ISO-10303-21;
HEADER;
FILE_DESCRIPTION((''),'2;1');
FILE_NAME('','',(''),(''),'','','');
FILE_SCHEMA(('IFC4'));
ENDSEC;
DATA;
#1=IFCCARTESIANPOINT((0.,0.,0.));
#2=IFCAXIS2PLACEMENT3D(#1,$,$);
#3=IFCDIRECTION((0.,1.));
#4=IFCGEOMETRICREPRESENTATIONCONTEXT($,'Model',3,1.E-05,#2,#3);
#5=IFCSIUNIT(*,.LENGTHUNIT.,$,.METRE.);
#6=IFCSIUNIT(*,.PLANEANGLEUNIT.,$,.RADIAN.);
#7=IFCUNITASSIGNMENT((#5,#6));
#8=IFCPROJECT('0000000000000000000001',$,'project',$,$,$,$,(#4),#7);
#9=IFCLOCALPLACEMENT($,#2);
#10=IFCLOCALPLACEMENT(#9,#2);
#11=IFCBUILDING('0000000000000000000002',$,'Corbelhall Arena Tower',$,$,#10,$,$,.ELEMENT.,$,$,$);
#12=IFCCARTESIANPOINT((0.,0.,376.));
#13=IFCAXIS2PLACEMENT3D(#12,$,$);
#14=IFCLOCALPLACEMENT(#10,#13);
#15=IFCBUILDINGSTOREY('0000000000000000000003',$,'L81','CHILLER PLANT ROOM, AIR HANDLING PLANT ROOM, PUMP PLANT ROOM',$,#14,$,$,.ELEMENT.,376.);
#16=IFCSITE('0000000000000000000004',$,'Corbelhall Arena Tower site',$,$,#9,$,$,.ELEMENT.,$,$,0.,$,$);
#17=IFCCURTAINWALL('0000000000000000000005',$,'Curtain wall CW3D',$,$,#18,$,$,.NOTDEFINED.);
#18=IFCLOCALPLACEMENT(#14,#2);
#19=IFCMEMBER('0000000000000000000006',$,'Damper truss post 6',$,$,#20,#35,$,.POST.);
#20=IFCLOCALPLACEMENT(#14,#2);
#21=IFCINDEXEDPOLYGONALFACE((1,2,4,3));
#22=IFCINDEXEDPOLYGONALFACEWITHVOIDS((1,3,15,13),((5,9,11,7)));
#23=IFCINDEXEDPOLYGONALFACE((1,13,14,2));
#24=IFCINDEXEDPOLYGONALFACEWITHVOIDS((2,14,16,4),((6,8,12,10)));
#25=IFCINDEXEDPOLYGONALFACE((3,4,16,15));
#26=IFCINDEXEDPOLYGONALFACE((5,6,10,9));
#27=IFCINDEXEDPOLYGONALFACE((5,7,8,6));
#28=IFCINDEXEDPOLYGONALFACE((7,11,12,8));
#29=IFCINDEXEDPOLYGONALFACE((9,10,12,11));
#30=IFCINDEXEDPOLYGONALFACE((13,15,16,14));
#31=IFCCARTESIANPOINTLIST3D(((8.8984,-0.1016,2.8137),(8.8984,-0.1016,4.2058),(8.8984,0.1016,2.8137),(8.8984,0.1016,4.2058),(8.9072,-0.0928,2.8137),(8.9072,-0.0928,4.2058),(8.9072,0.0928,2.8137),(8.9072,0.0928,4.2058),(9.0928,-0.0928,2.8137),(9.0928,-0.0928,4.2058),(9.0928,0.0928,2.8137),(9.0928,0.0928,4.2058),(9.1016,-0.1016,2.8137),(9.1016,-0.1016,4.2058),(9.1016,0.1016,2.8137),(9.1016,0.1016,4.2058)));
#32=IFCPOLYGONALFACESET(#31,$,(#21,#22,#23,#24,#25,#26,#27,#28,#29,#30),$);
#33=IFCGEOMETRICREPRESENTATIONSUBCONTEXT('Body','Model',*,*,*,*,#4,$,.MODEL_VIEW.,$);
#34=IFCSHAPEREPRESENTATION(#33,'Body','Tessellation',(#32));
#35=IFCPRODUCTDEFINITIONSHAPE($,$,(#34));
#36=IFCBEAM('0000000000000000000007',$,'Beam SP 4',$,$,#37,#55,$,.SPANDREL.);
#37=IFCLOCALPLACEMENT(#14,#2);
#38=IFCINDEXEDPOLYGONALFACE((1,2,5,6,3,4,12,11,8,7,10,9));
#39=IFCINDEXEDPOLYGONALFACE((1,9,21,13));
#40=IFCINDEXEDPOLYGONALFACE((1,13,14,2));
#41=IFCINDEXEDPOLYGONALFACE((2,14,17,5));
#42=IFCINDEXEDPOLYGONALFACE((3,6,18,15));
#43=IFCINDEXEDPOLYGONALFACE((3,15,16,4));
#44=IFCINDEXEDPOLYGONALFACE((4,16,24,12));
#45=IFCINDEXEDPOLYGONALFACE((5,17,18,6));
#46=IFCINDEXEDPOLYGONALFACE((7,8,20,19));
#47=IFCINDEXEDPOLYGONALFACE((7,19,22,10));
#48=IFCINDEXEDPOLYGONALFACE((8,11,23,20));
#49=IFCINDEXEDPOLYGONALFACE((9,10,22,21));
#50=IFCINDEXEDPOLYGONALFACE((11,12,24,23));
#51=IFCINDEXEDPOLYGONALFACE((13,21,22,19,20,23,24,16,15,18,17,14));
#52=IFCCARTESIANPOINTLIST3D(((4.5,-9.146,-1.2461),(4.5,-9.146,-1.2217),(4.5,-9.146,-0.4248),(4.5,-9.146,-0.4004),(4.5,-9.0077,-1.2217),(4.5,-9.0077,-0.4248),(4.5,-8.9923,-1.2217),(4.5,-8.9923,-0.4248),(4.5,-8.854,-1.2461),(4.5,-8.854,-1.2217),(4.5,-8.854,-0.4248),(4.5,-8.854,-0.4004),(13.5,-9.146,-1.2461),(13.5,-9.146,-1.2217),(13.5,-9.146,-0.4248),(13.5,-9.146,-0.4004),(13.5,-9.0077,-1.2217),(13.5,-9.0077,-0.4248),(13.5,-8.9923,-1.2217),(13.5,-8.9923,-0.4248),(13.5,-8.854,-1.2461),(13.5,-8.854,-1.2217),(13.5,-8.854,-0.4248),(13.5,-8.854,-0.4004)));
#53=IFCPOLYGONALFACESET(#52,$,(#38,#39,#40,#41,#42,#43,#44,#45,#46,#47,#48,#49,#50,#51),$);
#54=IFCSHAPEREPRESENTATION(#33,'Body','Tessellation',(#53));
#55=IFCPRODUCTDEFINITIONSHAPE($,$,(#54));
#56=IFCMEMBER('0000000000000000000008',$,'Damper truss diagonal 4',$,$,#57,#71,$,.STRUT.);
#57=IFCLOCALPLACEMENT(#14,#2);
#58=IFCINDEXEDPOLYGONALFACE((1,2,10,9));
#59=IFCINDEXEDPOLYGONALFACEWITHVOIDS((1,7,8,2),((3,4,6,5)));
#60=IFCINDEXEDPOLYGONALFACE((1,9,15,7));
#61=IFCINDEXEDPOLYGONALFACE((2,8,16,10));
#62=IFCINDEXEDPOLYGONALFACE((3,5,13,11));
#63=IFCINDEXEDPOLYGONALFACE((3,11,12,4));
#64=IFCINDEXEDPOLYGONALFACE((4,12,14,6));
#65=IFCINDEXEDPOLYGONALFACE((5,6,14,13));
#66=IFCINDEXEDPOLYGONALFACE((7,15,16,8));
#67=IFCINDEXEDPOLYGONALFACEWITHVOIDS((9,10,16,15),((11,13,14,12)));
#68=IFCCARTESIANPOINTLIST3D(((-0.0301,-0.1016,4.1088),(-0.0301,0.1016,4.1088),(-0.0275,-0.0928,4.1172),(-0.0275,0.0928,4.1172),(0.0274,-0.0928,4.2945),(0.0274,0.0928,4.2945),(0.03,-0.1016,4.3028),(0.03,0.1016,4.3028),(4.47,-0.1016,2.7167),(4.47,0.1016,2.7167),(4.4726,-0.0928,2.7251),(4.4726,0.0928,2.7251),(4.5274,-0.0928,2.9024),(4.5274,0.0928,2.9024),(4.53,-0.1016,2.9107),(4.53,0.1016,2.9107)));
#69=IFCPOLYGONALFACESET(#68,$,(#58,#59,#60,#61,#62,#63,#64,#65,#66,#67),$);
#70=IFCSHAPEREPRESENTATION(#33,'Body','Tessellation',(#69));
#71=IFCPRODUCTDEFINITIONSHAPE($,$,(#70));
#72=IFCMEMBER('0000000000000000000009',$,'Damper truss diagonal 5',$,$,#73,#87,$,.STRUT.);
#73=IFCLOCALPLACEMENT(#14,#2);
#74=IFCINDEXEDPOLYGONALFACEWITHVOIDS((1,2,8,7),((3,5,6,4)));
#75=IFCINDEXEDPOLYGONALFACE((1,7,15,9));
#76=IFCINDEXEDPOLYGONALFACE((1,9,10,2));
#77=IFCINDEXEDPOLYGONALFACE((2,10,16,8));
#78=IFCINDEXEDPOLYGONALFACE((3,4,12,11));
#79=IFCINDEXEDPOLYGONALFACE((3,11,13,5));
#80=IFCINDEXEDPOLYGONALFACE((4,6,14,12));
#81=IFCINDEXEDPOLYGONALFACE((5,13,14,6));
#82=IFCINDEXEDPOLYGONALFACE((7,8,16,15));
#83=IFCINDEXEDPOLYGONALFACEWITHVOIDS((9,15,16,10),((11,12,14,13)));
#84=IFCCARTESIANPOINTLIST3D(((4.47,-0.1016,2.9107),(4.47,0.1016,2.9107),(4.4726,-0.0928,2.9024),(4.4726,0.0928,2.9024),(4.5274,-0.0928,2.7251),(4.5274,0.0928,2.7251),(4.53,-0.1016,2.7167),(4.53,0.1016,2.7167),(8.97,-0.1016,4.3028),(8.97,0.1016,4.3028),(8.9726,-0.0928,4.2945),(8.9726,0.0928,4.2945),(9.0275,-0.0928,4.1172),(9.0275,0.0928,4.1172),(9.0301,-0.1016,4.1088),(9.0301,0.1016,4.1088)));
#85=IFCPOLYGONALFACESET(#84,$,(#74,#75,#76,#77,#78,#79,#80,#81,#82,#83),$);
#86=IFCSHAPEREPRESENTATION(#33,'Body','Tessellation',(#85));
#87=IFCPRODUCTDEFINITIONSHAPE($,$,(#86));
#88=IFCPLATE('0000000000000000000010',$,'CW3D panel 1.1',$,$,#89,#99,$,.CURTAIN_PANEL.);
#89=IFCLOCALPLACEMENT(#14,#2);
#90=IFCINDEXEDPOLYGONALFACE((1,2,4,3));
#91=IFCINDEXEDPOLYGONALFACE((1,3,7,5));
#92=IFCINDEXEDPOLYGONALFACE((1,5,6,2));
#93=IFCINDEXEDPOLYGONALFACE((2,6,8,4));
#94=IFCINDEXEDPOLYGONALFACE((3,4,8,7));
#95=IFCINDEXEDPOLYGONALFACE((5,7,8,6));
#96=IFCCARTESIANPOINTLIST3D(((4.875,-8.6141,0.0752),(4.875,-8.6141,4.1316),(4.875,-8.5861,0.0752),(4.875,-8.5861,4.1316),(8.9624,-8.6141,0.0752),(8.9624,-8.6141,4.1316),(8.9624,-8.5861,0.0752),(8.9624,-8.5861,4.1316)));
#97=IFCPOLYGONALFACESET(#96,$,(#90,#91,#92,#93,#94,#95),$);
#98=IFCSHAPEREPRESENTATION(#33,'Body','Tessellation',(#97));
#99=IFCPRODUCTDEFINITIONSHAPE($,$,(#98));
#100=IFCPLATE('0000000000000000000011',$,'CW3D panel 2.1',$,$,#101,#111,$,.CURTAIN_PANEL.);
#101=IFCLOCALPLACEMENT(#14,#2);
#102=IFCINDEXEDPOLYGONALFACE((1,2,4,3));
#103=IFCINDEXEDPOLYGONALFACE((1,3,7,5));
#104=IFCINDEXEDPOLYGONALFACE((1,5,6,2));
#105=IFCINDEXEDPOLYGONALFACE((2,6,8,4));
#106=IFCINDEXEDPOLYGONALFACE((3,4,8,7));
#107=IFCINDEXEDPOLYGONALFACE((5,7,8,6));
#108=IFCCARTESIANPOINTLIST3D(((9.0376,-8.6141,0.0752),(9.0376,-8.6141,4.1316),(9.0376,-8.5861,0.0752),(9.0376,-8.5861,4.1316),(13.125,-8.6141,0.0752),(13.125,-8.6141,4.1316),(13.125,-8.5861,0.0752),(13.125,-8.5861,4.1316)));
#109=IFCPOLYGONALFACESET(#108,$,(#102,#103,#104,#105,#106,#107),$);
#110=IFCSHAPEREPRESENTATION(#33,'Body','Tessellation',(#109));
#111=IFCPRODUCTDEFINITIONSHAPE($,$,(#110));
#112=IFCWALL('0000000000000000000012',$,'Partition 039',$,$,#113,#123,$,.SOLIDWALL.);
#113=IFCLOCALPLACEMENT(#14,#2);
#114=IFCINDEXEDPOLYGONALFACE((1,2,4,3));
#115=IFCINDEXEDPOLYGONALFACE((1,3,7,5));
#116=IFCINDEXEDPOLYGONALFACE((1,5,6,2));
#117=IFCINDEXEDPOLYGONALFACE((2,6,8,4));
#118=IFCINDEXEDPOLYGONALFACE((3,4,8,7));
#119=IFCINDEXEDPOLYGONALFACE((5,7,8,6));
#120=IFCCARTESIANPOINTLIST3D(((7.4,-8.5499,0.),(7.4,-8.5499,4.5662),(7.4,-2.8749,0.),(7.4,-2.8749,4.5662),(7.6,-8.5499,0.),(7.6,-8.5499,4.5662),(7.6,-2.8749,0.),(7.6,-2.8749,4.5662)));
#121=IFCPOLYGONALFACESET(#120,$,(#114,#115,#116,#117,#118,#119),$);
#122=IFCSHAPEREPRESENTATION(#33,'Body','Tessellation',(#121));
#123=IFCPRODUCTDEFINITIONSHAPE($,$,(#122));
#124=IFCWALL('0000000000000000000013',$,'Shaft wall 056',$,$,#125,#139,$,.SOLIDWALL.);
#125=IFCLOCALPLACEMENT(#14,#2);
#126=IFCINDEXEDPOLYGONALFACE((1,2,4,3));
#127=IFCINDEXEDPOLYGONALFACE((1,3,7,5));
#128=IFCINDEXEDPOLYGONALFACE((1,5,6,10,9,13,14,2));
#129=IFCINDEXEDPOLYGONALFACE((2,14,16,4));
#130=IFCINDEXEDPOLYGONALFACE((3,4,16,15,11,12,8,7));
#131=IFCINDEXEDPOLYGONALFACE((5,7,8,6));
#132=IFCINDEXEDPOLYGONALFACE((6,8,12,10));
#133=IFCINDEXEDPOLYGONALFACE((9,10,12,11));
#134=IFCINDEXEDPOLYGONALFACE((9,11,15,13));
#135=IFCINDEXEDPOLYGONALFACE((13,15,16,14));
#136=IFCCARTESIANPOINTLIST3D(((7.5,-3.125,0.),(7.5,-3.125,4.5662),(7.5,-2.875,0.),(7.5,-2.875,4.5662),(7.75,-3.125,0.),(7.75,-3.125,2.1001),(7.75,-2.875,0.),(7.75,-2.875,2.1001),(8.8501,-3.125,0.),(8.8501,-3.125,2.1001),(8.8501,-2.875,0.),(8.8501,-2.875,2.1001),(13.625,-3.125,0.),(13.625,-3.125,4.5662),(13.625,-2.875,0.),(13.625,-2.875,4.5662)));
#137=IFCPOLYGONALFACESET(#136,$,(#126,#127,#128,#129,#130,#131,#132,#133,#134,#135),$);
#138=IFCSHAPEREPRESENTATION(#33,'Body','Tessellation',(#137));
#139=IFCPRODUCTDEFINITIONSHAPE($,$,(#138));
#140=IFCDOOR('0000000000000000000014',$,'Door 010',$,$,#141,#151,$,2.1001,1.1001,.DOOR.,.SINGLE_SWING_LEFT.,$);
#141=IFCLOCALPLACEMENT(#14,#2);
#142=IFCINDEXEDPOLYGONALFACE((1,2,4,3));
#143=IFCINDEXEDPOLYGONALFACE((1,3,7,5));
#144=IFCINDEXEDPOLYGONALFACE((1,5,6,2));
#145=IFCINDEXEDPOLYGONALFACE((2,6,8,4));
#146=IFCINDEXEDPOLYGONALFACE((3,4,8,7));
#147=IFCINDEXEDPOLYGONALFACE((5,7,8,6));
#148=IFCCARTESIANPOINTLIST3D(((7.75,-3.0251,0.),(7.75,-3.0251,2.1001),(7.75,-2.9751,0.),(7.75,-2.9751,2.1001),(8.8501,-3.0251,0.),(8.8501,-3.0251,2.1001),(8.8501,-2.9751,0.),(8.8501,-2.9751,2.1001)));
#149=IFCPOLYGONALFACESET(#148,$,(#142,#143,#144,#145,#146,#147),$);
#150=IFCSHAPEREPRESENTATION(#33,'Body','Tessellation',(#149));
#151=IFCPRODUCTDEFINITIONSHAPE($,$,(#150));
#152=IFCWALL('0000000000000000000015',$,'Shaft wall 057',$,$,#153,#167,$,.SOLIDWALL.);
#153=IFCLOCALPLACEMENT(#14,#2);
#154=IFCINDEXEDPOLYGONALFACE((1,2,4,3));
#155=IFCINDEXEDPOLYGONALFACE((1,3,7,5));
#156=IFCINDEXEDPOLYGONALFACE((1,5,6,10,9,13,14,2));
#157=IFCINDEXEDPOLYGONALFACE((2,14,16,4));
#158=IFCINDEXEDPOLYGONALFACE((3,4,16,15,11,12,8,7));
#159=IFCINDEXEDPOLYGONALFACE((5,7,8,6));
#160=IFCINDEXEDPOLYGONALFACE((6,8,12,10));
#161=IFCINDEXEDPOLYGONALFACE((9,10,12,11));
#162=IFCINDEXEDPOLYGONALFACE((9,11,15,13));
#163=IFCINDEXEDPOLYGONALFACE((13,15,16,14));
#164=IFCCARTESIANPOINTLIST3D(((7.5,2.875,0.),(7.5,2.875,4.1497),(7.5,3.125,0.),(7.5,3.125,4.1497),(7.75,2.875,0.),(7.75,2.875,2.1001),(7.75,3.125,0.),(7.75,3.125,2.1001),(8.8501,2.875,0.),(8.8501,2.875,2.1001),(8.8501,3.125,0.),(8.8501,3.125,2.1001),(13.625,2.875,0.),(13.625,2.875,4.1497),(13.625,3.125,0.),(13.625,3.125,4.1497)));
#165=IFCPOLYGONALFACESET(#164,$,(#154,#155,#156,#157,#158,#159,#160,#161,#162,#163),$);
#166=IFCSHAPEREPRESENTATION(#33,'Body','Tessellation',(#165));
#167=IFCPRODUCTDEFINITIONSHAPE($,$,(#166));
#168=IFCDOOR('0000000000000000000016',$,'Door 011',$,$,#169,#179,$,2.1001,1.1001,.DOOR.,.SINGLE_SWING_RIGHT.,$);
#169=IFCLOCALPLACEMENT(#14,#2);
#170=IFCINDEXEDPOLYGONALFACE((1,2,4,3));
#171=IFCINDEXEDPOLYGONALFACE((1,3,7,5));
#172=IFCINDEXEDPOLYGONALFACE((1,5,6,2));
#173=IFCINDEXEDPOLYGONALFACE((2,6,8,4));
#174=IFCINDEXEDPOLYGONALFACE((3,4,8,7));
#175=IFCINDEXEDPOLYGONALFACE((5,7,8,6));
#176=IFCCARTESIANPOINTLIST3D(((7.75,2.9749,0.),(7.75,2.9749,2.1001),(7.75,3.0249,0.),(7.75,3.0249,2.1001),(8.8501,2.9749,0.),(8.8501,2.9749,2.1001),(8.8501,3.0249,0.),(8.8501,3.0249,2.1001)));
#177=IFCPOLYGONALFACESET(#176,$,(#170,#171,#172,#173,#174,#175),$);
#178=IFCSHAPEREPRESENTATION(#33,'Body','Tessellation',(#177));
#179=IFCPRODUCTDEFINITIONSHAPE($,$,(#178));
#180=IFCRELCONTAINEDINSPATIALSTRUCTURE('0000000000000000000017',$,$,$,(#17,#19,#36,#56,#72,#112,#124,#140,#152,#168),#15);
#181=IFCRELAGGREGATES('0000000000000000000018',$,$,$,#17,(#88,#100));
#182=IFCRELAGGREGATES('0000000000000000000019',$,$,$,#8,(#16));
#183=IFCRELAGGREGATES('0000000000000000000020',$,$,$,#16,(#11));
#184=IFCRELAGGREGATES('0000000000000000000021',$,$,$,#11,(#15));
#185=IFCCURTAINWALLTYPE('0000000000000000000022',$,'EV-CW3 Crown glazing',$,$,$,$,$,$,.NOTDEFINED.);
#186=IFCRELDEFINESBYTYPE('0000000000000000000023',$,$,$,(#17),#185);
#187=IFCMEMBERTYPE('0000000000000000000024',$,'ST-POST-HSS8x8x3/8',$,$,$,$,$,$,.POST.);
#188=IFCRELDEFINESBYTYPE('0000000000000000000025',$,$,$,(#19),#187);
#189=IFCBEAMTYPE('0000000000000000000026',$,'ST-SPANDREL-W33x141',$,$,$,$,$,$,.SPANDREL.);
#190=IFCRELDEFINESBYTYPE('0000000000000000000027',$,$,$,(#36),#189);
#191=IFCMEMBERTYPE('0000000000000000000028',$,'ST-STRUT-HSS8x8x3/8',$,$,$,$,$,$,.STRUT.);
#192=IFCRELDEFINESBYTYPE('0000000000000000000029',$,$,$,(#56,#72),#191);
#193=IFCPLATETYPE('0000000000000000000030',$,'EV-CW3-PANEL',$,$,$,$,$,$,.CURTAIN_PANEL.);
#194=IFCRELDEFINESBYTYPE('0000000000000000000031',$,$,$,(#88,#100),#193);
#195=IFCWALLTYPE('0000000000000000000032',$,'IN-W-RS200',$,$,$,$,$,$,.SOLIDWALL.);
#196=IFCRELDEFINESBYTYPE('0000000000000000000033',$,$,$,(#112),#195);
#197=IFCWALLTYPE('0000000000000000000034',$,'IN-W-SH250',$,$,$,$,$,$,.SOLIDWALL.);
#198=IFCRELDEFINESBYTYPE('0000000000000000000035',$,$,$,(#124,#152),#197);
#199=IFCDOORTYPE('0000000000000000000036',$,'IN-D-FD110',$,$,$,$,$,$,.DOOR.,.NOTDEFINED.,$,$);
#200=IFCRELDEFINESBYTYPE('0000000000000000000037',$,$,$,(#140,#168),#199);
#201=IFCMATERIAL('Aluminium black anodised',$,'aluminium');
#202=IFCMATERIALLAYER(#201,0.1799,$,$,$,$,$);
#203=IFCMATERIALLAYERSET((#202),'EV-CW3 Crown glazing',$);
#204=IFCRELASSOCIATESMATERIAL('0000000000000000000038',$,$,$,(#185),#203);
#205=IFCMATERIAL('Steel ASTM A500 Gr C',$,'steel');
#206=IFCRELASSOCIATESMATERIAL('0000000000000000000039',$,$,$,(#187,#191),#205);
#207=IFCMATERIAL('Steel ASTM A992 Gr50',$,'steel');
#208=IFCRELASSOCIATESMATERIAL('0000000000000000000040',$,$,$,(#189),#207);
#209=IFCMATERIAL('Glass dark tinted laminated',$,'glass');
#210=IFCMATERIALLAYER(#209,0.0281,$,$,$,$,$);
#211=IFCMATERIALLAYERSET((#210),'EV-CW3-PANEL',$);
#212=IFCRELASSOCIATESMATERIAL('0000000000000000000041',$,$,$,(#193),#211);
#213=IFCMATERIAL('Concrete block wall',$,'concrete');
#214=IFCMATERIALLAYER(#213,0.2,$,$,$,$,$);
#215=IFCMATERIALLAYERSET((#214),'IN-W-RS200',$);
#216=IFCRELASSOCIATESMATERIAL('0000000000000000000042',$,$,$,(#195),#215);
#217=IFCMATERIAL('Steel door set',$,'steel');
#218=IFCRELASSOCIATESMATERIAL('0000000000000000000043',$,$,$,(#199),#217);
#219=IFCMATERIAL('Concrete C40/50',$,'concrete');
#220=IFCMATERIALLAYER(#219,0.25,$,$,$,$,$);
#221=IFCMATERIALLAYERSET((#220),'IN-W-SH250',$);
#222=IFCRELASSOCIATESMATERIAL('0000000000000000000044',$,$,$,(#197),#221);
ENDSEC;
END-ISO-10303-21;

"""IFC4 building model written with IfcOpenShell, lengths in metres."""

from ifc_helpers import new_model, si_unit, direction, frame, frame_2d, origin, origin_2d, place, context, subcontext, project, spatial, rectangle, hollow_rectangle, i_section, extrude, material, layer, layer_set, material_profile, profile_set, type_object, element, fill, aggregate, save


model = new_model("IFC4")

# Units and contexts
model_context = context("Model", 3, precision=1e-05, world=origin(), true_north=direction((0.0, 1.0)))
body_context = subcontext(model_context, "Body", "Model", "MODEL_VIEW")
ifc_project = project(units=[si_unit("LENGTHUNIT", "METRE"), si_unit("PLANEANGLEUNIT", "RADIAN")], contexts=[model_context])

# Site, building, storey
site_placement = place(None, origin())
site = spatial("IfcSite", under=ifc_project, at=site_placement, Name="Corbelhall Arena Tower site", CompositionType="ELEMENT", RefElevation=0.0)
building_placement = place(site_placement, origin())
building = spatial("IfcBuilding", under=site, at=building_placement, Name="Corbelhall Arena Tower", CompositionType="ELEMENT")
storey_placement = place(building_placement, frame((0.0, 0.0, 376.0)))
storey = spatial("IfcBuildingStorey", under=building, at=storey_placement, Name="L81", Description="CHILLER PLANT ROOM, AIR HANDLING PLANT ROOM, PUMP PLANT ROOM", CompositionType="ELEMENT", Elevation=376.0)

# Curtain wall
ifc_material_1 = material(Name="Aluminium black anodised", Category="aluminium")
ifc_layer_1 = layer(ifc_material_1, 0.1799)
ifc_layer_set_1 = layer_set([ifc_layer_1], Name="EV-CW3 Crown glazing")
curtain_wall_type = type_object("IfcCurtainWallType", Name="EV-CW3 Crown glazing", PredefinedType="NOTDEFINED", material=ifc_layer_set_1)
curtain_wall_placement = place(storey_placement, origin())
curtain_wall = element("IfcCurtainWall", 1, at=curtain_wall_placement, inside=storey, type_object=curtain_wall_type, Name="Curtain wall CW3D", PredefinedType="NOTDEFINED")

# Shared definitions
ifc_material_2 = material(Name="Steel ASTM A992 Gr50", Category="steel")

# Member
ifc_material_3 = material(Name="Steel ASTM A500 Gr C", Category="steel")
ifc_material_profile_1 = material_profile(ifc_material_3, hollow_rectangle(XDim=0.2031, YDim=0.2031, WallThickness=0.0088, at=origin_2d()))
ifc_profile_set_1 = profile_set([ifc_material_profile_1], Name="Steel ASTM A500 Gr C")
member_type_1 = type_object("IfcMemberType", Name="ST-POST-HSS8x8x3/8", PredefinedType="POST", material=ifc_profile_set_1)
member_1_placement = place(storey_placement, frame((9.0, 0.0, 2.8137), z_axis=(0.0, 0.0, 1.0), x_axis=(1.0, 0.0, 0.0)))
element("IfcMember", 2, at=member_1_placement, inside=storey, type_object=member_type_1, Name="Damper truss post 6", PredefinedType="POST", context=body_context, shape_type="SweptSolid", body=[
    extrude(hollow_rectangle(XDim=0.2031, YDim=0.2031, WallThickness=0.0088, at=origin_2d()), origin(), (0.0, 0.0, 1.0), 1.3921),
])

# Beam
ifc_material_profile_2 = material_profile(ifc_material_2, i_section(OverallWidth=0.292, OverallDepth=0.8457, WebThickness=0.0154, FlangeThickness=0.0244, at=origin_2d()))
ifc_profile_set_2 = profile_set([ifc_material_profile_2], Name="Steel ASTM A992 Gr50")
beam_type_1 = type_object("IfcBeamType", Name="ST-SPANDREL-W33x141", PredefinedType="SPANDREL", material=ifc_profile_set_2)
beam_1_placement = place(storey_placement, frame((13.5, -9.0, -0.8232), z_axis=(-1.0, 0.0, 0.0), x_axis=(0.0, -1.0, 0.0)))
element("IfcBeam", 3, at=beam_1_placement, inside=storey, type_object=beam_type_1, Name="Beam SP 4", PredefinedType="SPANDREL", context=body_context, shape_type="SweptSolid", body=[
    extrude(i_section(OverallWidth=0.292, OverallDepth=0.8457, WebThickness=0.0154, FlangeThickness=0.0244, at=origin_2d()), origin(), (0.0, 0.0, 1.0), 9.0),
])

# Members
ifc_material_profile_3 = material_profile(ifc_material_3, hollow_rectangle(XDim=0.2031, YDim=0.2031, WallThickness=0.0088, at=origin_2d()))
ifc_profile_set_3 = profile_set([ifc_material_profile_3], Name="Steel ASTM A500 Gr C")
member_type_2 = type_object("IfcMemberType", Name="ST-STRUT-HSS8x8x3/8", PredefinedType="STRUT", material=ifc_profile_set_3)
for number, where, z_axis, x_axis, name in (
    (4, (4.5, 0.0, 2.8137), (-0.955332, 0.0, 0.295535), (0.0, -1.0, 0.0), "Damper truss diagonal 4"),
    (5, (4.5, 0.0, 2.8137), (0.955332, 0.0, 0.295535), (0.0, 1.0, 0.0), "Damper truss diagonal 5"),
):
    element("IfcMember", number, at=place(storey_placement, frame(where, z_axis=z_axis, x_axis=x_axis)), inside=storey, type_object=member_type_2, Name=name, PredefinedType="STRUT", context=body_context, shape_type="SweptSolid", body=[
        extrude(hollow_rectangle(XDim=0.2031, YDim=0.2031, WallThickness=0.0088, at=origin_2d()), origin(), (0.0, 0.0, 1.0), 4.7104),
    ])

# Plates
ifc_material_4 = material(Name="Glass dark tinted laminated", Category="glass")
ifc_layer_2 = layer(ifc_material_4, 0.0281)
ifc_layer_set_2 = layer_set([ifc_layer_2], Name="EV-CW3-PANEL")
plate_type = type_object("IfcPlateType", Name="EV-CW3-PANEL", PredefinedType="CURTAIN_PANEL", material=ifc_layer_set_2)
plate_1_placement = place(storey_placement, frame((6.9187, -8.6001, 0.0752), z_axis=(0.0, 0.0, 1.0), x_axis=(1.0, 0.0, 0.0)))
plate_1 = element("IfcPlate", 6, at=plate_1_placement, type_object=plate_type, Name="CW3D panel 1.1", PredefinedType="CURTAIN_PANEL", context=body_context, shape_type="SweptSolid", body=[
    extrude(rectangle(XDim=4.0874, YDim=0.0281, at=origin_2d()), origin(), (0.0, 0.0, 1.0), 4.0564),
])
plate_2_placement = place(storey_placement, frame((11.0813, -8.6001, 0.0752), z_axis=(0.0, 0.0, 1.0), x_axis=(1.0, 0.0, 0.0)))
plate_2 = element("IfcPlate", 7, at=plate_2_placement, type_object=plate_type, Name="CW3D panel 2.1", PredefinedType="CURTAIN_PANEL", context=body_context, shape_type="SweptSolid", body=[
    extrude(rectangle(XDim=4.0874, YDim=0.0281, at=origin_2d()), origin(), (0.0, 0.0, 1.0), 4.0564),
])
aggregate(curtain_wall, [plate_1, plate_2])

# Wall
ifc_material_5 = material(Name="Concrete block wall", Category="concrete")
ifc_layer_3 = layer(ifc_material_5, 0.2)
ifc_layer_set_3 = layer_set([ifc_layer_3], Name="IN-W-RS200")
wall_type_1 = type_object("IfcWallType", Name="IN-W-RS200", PredefinedType="SOLIDWALL", material=ifc_layer_set_3)
wall_1_placement = place(storey_placement, frame((7.5, -2.875, 0.0), z_axis=(0.0, 0.0, 1.0), x_axis=(0.0, -1.0, 0.0)))
element("IfcWall", 8, at=wall_1_placement, inside=storey, type_object=wall_type_1, Name="Partition 039", PredefinedType="SOLIDWALL", context=body_context, shape_type="SweptSolid", body=[
    extrude(rectangle(XDim=5.675, YDim=0.2, at=frame_2d((2.8374, 0.0))), origin(), (0.0, 0.0, 1.0), 4.5662),
])

# Walls, openings, doors
ifc_material_6 = material(Name="Steel door set", Category="steel")
door_type_1 = type_object("IfcDoorType", Name="IN-D-FD110", OperationType="NOTDEFINED", PredefinedType="DOOR", material=ifc_material_6)
ifc_material_7 = material(Name="Concrete C40/50", Category="concrete")
ifc_layer_4 = layer(ifc_material_7, 0.25)
ifc_layer_set_4 = layer_set([ifc_layer_4], Name="IN-W-SH250")
wall_type_2 = type_object("IfcWallType", Name="IN-W-SH250", PredefinedType="SOLIDWALL", material=ifc_layer_set_4)
wall_2_placement = place(storey_placement, frame((7.5, -3.0, 0.0), z_axis=(0.0, 0.0, 1.0), x_axis=(1.0, 0.0, 0.0)))
wall_2 = element("IfcWall", 9, at=wall_2_placement, inside=storey, type_object=wall_type_2, Name="Shaft wall 056", PredefinedType="SOLIDWALL", context=body_context, shape_type="SweptSolid", body=[
    extrude(rectangle(XDim=6.125, YDim=0.25, at=frame_2d((3.0625, 0.0))), origin(), (0.0, 0.0, 1.0), 4.5662),
])
opening_1_placement = place(wall_2_placement, frame((0.25, 0.0, 0.0)))
opening_1 = element("IfcOpeningElement", 10, at=opening_1_placement, cuts=wall_2, PredefinedType="OPENING", context=body_context, shape_type="SweptSolid", body=[
    extrude(rectangle(XDim=1.1001, YDim=2.1001, at=frame_2d((0.55, 1.05))), frame((0.0, 0.125, 0.0), z_axis=(0.0, -1.0, 0.0), x_axis=(1.0, 0.0, 0.0)), (0.0, 0.0, 1.0), 0.25),
])
door_1_placement = place(opening_1_placement, origin())
door_1 = element("IfcDoor", 11, at=door_1_placement, inside=storey, type_object=door_type_1, Name="Door 010", OperationType="SINGLE_SWING_LEFT", OverallHeight=2.1001, OverallWidth=1.1001, PredefinedType="DOOR", context=body_context, shape_type="SweptSolid", body=[
    extrude(rectangle(XDim=1.1001, YDim=2.1001, at=frame_2d((0.55, 1.05))), frame((0.0, 0.0249, 0.0), z_axis=(0.0, -1.0, 0.0), x_axis=(1.0, 0.0, 0.0)), (0.0, 0.0, 1.0), 0.05),
])
fill(opening_1, door_1)
wall_3_placement = place(storey_placement, frame((7.5, 3.0, 0.0), z_axis=(0.0, 0.0, 1.0), x_axis=(1.0, 0.0, 0.0)))
wall_3 = element("IfcWall", 12, at=wall_3_placement, inside=storey, type_object=wall_type_2, Name="Shaft wall 057", PredefinedType="SOLIDWALL", context=body_context, shape_type="SweptSolid", body=[
    extrude(rectangle(XDim=6.125, YDim=0.25, at=frame_2d((3.0625, 0.0))), origin(), (0.0, 0.0, 1.0), 4.1497),
])
opening_2_placement = place(wall_3_placement, frame((0.25, 0.0, 0.0)))
opening_2 = element("IfcOpeningElement", 13, at=opening_2_placement, cuts=wall_3, PredefinedType="OPENING", context=body_context, shape_type="SweptSolid", body=[
    extrude(rectangle(XDim=1.1001, YDim=2.1001, at=frame_2d((0.55, 1.05))), frame((0.0, 0.125, 0.0), z_axis=(0.0, -1.0, 0.0), x_axis=(1.0, 0.0, 0.0)), (0.0, 0.0, 1.0), 0.25),
])
door_2_placement = place(opening_2_placement, origin())
door_2 = element("IfcDoor", 14, at=door_2_placement, inside=storey, type_object=door_type_1, Name="Door 011", OperationType="SINGLE_SWING_RIGHT", OverallHeight=2.1001, OverallWidth=1.1001, PredefinedType="DOOR", context=body_context, shape_type="SweptSolid", body=[
    extrude(rectangle(XDim=1.1001, YDim=2.1001, at=frame_2d((0.55, 1.05))), frame((0.0, 0.0249, 0.0), z_axis=(0.0, -1.0, 0.0), x_axis=(1.0, 0.0, 0.0)), (0.0, 0.0, 1.0), 0.05),
])
fill(opening_2, door_2)

save(model, "model.ifc")
